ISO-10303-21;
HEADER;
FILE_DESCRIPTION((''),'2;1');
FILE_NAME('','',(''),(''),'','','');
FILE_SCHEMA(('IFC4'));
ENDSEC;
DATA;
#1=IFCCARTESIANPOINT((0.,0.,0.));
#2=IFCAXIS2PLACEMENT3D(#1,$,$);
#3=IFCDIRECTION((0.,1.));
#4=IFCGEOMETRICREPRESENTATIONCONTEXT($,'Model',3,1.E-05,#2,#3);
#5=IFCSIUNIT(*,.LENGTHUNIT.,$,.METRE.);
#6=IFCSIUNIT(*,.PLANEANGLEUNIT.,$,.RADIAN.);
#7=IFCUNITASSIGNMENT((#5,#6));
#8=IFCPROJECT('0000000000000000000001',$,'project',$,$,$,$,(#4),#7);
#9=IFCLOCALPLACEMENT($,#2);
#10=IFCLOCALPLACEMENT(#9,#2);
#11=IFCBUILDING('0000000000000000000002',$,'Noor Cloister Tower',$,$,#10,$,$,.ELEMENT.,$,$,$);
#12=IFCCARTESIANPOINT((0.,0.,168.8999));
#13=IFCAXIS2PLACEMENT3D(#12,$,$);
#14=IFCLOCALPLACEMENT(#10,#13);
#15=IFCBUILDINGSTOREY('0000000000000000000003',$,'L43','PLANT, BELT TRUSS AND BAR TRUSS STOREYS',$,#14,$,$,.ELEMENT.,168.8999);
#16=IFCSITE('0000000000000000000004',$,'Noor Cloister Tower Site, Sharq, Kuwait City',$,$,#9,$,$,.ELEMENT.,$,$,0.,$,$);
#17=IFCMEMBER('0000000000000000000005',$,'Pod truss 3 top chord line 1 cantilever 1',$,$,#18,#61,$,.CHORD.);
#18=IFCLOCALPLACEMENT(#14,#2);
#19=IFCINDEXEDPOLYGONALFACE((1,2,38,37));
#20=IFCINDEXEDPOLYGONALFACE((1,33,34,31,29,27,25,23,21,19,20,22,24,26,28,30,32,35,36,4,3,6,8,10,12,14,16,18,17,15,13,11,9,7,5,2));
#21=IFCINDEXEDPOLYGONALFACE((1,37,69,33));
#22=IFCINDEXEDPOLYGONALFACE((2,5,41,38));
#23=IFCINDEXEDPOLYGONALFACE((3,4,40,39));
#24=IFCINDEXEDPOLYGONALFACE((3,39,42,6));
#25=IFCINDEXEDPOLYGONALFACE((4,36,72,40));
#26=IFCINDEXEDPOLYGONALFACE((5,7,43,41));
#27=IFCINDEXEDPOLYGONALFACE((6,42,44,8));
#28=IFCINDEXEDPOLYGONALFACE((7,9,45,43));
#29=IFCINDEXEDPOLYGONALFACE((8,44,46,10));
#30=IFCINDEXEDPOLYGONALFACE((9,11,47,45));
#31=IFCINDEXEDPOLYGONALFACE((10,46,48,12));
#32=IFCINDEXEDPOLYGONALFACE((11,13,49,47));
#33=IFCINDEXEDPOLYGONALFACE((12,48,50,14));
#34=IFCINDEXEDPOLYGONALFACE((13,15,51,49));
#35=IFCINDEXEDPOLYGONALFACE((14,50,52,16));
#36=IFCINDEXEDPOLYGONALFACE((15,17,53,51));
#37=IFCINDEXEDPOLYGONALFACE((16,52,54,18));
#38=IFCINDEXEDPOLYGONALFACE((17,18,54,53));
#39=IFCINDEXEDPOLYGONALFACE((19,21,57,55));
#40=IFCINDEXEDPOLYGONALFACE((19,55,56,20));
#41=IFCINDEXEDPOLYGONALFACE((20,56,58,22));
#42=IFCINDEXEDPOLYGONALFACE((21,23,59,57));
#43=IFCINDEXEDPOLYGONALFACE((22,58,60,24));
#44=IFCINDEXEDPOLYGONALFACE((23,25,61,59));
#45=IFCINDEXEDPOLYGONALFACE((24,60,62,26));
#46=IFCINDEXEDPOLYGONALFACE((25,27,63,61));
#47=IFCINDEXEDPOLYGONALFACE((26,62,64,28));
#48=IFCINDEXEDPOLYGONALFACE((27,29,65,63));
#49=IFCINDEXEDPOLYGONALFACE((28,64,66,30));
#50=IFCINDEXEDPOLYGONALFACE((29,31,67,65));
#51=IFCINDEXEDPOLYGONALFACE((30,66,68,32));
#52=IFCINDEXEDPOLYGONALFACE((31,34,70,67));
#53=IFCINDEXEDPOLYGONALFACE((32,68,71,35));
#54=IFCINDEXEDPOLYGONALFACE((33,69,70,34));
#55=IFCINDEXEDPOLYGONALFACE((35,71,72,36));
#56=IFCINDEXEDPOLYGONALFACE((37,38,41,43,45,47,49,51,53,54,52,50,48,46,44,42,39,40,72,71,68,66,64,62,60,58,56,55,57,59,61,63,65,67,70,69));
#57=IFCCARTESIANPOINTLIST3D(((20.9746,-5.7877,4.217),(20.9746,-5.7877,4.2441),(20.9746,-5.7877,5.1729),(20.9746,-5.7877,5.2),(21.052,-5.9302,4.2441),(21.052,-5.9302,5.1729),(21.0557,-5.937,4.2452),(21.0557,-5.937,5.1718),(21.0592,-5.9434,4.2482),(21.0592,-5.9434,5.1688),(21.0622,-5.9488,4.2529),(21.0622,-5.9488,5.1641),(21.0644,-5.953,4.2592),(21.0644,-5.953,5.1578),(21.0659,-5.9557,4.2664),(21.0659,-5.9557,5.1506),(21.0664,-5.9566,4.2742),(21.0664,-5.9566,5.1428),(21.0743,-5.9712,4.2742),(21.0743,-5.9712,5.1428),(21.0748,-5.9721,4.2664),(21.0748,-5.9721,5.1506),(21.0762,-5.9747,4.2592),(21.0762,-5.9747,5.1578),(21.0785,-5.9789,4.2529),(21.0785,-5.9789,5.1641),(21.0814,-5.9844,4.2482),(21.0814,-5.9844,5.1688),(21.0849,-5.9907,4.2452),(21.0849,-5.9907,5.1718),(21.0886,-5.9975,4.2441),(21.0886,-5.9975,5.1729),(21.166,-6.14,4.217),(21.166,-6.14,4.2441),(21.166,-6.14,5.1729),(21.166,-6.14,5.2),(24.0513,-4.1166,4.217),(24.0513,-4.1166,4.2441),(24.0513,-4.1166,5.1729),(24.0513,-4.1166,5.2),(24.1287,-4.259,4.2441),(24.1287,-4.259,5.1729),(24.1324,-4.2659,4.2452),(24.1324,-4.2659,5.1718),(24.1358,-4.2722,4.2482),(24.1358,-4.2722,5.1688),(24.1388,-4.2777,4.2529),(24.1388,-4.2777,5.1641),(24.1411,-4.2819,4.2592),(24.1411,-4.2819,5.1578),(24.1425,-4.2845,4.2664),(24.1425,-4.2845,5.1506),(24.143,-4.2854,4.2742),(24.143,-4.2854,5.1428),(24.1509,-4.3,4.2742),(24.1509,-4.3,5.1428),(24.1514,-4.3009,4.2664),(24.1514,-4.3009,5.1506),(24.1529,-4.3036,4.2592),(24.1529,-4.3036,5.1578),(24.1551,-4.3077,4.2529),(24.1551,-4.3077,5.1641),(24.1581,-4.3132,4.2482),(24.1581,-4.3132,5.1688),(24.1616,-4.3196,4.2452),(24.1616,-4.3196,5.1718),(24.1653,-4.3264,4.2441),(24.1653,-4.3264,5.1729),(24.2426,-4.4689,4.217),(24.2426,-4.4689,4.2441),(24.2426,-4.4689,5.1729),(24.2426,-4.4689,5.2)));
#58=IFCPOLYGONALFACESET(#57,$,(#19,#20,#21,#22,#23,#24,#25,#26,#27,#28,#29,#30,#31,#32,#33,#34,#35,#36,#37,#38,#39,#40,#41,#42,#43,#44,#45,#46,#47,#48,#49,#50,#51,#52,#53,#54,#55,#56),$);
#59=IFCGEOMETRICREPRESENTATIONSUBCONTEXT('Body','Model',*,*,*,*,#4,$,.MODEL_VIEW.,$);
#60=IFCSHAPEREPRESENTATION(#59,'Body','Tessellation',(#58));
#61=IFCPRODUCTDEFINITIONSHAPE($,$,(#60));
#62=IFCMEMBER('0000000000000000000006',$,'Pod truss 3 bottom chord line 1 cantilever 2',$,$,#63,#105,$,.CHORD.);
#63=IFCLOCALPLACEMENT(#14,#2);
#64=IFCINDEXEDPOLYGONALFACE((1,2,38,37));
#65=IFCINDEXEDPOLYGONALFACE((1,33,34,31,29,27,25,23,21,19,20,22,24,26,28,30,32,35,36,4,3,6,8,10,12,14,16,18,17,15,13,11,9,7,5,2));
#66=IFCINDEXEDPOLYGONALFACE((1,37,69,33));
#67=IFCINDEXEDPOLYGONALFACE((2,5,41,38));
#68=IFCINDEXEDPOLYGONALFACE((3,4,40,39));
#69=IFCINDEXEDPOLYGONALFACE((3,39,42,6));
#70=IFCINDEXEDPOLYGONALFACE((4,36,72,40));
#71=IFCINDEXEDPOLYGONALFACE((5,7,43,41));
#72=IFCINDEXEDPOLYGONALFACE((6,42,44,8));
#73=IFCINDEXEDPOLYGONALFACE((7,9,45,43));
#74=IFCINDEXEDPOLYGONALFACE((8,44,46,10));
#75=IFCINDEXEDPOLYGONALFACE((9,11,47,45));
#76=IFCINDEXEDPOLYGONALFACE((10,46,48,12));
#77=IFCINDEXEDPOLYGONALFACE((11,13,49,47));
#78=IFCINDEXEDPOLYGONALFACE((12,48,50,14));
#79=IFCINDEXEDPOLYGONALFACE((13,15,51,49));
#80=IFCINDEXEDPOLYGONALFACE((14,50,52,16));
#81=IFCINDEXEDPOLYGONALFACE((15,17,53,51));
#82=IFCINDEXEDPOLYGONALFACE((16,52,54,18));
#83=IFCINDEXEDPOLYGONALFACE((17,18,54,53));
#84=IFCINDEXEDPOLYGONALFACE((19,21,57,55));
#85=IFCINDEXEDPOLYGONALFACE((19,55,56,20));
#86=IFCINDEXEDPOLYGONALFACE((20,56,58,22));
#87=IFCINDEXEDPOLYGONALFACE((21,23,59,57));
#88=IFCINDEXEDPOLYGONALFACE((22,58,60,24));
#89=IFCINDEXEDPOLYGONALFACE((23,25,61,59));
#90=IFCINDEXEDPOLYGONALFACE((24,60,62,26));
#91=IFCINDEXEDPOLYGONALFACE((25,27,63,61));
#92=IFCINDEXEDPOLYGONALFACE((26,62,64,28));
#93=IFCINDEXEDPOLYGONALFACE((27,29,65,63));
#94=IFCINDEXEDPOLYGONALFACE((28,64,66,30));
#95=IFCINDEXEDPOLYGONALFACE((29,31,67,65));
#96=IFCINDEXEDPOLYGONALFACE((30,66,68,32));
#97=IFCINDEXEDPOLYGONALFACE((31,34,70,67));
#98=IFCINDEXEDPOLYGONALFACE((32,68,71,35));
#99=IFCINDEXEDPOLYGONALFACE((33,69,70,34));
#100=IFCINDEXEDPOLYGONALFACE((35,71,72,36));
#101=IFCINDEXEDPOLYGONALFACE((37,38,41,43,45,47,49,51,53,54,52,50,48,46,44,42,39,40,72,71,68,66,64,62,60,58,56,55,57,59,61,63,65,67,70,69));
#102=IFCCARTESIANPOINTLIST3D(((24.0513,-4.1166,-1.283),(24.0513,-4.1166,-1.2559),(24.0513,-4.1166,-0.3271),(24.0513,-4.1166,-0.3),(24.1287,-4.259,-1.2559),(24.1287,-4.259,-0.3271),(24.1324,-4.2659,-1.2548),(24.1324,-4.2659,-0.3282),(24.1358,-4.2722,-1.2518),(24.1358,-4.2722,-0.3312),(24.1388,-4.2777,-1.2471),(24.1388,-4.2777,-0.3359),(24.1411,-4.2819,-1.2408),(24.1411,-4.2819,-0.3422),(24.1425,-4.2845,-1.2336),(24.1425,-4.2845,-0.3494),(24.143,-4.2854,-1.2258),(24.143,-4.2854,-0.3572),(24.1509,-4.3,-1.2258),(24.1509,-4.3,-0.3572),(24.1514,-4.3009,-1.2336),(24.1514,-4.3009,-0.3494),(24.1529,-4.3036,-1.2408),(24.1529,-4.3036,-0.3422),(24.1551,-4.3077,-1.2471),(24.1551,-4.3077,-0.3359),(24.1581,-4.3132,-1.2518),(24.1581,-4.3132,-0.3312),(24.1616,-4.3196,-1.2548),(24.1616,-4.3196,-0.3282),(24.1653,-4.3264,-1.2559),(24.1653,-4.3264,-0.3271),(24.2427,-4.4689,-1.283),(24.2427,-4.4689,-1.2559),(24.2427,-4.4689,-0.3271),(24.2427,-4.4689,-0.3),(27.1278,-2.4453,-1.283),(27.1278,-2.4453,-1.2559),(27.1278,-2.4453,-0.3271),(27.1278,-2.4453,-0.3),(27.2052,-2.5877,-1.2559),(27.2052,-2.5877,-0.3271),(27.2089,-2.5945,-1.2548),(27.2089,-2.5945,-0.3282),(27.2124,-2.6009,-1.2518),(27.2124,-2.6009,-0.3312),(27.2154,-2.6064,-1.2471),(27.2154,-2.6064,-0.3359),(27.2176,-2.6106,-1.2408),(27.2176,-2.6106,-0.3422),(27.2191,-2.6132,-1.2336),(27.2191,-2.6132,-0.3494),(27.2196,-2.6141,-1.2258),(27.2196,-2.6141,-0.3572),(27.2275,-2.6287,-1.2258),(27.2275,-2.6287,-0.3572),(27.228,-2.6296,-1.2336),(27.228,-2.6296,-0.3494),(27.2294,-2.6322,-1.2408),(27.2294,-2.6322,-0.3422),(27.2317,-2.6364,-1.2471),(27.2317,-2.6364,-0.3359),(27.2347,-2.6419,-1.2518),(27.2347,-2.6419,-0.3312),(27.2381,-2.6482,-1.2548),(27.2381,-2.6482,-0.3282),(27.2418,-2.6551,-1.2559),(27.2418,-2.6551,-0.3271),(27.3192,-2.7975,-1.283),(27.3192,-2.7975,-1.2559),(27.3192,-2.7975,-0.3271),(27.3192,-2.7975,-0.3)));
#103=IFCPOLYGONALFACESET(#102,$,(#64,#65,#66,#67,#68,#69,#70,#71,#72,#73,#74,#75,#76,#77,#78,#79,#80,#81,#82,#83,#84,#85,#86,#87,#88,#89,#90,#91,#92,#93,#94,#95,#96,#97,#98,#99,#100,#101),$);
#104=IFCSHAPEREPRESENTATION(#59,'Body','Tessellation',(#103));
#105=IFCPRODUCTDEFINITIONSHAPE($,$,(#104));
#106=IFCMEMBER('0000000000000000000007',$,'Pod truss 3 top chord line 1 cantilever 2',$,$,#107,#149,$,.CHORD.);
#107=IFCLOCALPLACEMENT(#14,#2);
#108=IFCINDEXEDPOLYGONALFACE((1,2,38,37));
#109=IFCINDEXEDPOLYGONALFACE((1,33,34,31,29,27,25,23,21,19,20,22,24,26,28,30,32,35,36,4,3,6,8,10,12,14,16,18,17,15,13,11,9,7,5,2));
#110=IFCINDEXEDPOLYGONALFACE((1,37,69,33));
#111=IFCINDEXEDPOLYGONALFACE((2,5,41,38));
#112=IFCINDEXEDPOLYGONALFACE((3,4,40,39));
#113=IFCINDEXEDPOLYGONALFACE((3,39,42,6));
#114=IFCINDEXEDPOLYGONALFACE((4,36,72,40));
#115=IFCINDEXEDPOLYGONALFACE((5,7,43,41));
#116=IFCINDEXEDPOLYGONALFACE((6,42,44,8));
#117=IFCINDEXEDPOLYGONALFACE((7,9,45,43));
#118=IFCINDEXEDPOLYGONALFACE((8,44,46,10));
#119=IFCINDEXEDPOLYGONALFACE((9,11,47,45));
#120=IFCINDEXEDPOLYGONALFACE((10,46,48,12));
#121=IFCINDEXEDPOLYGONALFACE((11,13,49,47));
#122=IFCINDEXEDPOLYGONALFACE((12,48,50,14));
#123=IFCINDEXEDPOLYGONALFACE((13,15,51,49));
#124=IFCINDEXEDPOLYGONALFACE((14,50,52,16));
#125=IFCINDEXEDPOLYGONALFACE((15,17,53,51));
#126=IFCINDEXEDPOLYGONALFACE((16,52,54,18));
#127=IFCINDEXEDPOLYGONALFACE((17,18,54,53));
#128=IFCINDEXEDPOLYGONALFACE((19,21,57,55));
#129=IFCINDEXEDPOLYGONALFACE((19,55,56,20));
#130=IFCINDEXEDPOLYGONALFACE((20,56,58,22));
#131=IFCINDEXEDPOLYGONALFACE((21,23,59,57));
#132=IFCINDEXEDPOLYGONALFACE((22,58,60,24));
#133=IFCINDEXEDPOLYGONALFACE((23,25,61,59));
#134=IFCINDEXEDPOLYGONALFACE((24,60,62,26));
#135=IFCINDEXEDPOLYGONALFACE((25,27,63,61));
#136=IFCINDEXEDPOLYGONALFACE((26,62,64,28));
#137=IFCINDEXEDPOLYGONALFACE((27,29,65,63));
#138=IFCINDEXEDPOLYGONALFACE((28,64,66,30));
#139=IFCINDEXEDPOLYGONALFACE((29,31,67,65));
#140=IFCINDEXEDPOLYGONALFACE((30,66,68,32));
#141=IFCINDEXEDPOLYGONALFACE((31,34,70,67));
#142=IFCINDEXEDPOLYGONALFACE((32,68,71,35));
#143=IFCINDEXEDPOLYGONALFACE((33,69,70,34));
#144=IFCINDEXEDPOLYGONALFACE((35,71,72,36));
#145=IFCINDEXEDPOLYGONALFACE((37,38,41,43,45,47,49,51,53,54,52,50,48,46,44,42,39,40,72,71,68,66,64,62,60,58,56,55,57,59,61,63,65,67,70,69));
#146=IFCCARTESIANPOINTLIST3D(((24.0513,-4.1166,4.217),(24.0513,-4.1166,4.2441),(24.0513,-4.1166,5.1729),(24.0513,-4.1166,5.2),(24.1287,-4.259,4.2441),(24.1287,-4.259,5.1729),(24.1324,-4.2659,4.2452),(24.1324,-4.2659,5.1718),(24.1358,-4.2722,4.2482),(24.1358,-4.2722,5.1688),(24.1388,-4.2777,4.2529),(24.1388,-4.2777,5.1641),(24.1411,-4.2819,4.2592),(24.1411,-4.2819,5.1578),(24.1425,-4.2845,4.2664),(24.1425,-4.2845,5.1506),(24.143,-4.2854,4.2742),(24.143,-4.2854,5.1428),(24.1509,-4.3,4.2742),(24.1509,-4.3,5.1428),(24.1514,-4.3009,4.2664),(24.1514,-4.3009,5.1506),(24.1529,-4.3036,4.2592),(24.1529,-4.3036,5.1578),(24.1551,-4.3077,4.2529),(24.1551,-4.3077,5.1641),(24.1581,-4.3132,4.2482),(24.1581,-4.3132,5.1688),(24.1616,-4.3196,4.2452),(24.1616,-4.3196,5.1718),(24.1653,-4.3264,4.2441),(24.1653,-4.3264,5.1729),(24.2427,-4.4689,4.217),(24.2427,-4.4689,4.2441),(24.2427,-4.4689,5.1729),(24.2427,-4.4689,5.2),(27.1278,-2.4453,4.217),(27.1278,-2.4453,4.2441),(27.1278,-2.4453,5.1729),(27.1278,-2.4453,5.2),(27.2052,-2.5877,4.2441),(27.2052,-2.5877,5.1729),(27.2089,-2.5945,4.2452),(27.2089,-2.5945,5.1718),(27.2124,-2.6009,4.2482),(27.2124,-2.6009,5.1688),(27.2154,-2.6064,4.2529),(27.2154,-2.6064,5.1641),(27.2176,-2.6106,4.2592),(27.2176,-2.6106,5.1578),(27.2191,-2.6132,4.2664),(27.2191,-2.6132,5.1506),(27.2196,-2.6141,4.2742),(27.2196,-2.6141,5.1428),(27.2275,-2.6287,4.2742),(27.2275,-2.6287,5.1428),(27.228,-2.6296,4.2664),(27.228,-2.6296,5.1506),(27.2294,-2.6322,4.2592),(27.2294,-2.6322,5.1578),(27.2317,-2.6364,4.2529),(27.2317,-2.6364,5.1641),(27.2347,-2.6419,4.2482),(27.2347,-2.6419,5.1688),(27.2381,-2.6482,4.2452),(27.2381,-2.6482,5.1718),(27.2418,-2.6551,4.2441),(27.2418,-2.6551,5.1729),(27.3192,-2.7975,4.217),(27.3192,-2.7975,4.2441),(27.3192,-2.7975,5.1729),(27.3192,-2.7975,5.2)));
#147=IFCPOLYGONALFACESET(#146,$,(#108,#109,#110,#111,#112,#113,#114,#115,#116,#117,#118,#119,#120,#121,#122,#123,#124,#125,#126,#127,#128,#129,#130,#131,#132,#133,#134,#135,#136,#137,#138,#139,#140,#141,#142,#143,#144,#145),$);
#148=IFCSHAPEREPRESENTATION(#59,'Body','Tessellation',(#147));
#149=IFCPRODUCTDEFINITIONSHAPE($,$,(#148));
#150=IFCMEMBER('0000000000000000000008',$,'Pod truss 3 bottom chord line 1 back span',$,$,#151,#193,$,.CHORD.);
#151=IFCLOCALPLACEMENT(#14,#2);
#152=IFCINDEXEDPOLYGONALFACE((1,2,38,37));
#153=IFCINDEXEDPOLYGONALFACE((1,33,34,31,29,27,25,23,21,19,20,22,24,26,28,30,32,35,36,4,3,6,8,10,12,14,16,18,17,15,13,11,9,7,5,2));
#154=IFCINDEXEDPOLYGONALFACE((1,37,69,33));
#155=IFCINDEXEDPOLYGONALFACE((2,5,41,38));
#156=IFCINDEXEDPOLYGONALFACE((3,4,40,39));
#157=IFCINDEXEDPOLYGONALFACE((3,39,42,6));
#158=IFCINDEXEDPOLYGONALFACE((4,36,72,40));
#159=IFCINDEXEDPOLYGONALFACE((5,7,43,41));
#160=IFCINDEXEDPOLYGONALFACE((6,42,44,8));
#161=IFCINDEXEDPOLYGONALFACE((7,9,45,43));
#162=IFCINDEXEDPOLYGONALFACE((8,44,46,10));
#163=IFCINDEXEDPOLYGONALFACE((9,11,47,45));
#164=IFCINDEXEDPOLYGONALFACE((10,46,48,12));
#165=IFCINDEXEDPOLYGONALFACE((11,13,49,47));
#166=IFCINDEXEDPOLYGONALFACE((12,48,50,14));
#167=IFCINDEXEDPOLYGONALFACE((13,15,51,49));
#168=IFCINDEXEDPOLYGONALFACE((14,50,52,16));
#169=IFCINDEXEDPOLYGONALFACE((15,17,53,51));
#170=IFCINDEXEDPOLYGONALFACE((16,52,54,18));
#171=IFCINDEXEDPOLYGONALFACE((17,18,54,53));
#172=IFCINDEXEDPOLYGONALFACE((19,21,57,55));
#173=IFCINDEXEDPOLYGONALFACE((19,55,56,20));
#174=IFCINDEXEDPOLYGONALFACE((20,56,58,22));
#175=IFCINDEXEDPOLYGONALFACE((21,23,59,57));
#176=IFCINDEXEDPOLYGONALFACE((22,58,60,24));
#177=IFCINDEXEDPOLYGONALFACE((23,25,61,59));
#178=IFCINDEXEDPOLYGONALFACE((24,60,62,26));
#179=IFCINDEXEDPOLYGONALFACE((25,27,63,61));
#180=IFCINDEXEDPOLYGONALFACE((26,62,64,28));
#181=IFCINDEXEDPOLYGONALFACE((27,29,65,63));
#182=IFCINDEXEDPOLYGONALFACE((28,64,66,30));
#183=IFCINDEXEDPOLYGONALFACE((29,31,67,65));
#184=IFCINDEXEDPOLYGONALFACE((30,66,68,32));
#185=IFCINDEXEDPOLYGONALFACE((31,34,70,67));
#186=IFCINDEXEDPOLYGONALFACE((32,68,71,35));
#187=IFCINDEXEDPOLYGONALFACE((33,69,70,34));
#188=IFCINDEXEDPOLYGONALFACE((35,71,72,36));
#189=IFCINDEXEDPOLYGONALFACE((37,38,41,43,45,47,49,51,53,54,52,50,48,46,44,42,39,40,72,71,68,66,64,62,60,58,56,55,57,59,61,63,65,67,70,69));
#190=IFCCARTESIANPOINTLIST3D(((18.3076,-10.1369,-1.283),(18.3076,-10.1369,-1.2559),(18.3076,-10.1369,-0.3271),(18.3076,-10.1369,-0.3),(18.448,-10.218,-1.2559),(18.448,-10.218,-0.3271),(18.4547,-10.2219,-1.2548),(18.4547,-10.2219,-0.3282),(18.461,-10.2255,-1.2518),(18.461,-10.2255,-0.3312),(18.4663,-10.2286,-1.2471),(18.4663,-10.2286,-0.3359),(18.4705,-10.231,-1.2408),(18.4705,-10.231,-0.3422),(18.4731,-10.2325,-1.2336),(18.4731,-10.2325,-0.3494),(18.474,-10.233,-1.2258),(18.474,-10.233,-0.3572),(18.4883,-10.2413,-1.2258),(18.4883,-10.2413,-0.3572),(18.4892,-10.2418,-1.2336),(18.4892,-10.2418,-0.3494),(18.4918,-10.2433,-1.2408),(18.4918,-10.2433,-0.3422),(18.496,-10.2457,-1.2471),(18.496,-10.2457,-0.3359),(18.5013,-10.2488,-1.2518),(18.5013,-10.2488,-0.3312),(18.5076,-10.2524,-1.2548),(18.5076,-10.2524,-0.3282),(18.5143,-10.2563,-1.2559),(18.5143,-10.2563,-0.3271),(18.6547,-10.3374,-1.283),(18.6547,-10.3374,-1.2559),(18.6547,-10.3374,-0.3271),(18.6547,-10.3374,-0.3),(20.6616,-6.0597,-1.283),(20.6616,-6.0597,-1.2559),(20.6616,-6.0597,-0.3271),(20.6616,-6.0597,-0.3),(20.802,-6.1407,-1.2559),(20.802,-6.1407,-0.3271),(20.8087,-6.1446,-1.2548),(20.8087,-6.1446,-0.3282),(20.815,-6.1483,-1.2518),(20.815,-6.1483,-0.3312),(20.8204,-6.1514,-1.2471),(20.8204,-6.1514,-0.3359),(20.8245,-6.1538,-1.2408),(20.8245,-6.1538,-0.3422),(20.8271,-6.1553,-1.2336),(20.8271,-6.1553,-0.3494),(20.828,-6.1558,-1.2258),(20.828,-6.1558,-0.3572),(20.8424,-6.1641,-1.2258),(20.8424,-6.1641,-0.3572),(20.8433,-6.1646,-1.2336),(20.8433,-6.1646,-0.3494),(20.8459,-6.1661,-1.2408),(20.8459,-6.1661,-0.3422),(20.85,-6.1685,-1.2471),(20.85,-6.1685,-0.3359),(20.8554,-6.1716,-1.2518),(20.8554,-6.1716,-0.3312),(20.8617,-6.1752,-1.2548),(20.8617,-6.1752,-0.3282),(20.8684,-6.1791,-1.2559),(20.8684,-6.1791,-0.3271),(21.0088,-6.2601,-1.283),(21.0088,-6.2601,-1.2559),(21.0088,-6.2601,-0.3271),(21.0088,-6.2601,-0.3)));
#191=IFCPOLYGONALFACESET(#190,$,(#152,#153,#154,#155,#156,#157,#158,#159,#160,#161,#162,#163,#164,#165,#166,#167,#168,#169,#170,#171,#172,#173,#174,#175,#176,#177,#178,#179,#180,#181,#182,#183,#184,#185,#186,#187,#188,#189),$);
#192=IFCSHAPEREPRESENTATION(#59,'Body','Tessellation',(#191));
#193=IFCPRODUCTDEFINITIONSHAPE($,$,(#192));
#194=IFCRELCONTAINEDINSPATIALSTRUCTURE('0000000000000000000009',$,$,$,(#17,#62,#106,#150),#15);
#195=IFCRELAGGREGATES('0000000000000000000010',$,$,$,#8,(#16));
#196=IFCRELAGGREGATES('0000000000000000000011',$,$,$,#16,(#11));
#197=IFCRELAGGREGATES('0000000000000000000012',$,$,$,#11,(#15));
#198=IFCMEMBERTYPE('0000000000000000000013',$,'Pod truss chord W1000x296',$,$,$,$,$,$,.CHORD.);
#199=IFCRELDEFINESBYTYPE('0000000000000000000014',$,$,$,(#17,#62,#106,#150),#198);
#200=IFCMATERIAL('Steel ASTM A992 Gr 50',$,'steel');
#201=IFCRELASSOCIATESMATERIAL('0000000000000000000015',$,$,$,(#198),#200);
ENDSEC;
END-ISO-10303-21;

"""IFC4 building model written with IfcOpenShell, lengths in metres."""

from ifc_helpers import new_model, si_unit, direction, frame, origin, origin_2d, place, context, subcontext, project, spatial, i_section, extrude, material, material_profile, profile_set, type_object, element, save


model = new_model("IFC4")

# Units and contexts
model_context = context("Model", 3, precision=1e-05, world=origin(), true_north=direction((0.0, 1.0)))
body_context = subcontext(model_context, "Body", "Model", "MODEL_VIEW")
ifc_project = project(units=[si_unit("LENGTHUNIT", "METRE"), si_unit("PLANEANGLEUNIT", "RADIAN")], contexts=[model_context])

# Site, building, storey
site_placement = place(None, origin())
site = spatial("IfcSite", under=ifc_project, at=site_placement, Name="Noor Cloister Tower Site, Sharq, Kuwait City", CompositionType="ELEMENT", RefElevation=0.0)
building_placement = place(site_placement, origin())
building = spatial("IfcBuilding", under=site, at=building_placement, Name="Noor Cloister Tower", CompositionType="ELEMENT")
storey_placement = place(building_placement, frame((0.0, 0.0, 168.8999)))
storey = spatial("IfcBuildingStorey", under=building, at=storey_placement, Name="L43", Description="PLANT, BELT TRUSS AND BAR TRUSS STOREYS", CompositionType="ELEMENT", Elevation=168.8999)

# Members
ifc_material_1 = material(Name="Steel ASTM A992 Gr 50", Category="steel")
ifc_material_profile_1 = material_profile(ifc_material_1, i_section(OverallWidth=0.4009, OverallDepth=0.9829, WebThickness=0.0166, FlangeThickness=0.0271, FilletRadius=0.03, at=origin_2d()), Name="W1000x296")
ifc_profile_set_1 = profile_set([ifc_material_profile_1], Name="Steel ASTM A992 Gr 50")
member_type_1 = type_object("IfcMemberType", Name="Pod truss chord W1000x296", PredefinedType="CHORD", material=ifc_profile_set_1)
for number, where, z_axis, x_axis, name in (
    (1, (21.0703, -5.9639, 4.7085), (0.878739, 0.477303, 0.0), (-0.477303, 0.878739, 0.0), "Pod truss 3 top chord line 1 cantilever 1"),
    (2, (24.147, -4.2927, -0.7915), (0.87871, 0.477357, 0.0), (-0.477357, 0.87871, 0.0), "Pod truss 3 bottom chord line 1 cantilever 2"),
    (3, (24.147, -4.2927, 4.7085), (0.87871, 0.477357, 0.0), (-0.477357, 0.87871, 0.0), "Pod truss 3 top chord line 1 cantilever 2"),
):
    element("IfcMember", number, at=place(storey_placement, frame(where, z_axis=z_axis, x_axis=x_axis)), inside=storey, type_object=member_type_1, Name=name, PredefinedType="CHORD", context=body_context, shape_type="SweptSolid", body=[
        extrude(i_section(OverallWidth=0.4009, OverallDepth=0.9829, WebThickness=0.0166, FlangeThickness=0.0271, FilletRadius=0.03, at=origin_2d()), origin(), (0.0, 0.0, 1.0), 3.5012),
    ])
member_1_placement = place(storey_placement, frame((20.8352, -6.1599, -0.7915), z_axis=(-0.50001, -0.86602, 0.0), x_axis=(0.86602, -0.50001, 0.0)))
element("IfcMember", 4, at=member_1_placement, inside=storey, type_object=member_type_1, Name="Pod truss 3 bottom chord line 1 back span", PredefinedType="CHORD", context=body_context, shape_type="SweptSolid", body=[
    extrude(i_section(OverallWidth=0.4009, OverallDepth=0.9829, WebThickness=0.0166, FlangeThickness=0.0271, FilletRadius=0.03, at=origin_2d()), origin(), (0.0, 0.0, 1.0), 4.708),
])

save(model, "model.ifc")
